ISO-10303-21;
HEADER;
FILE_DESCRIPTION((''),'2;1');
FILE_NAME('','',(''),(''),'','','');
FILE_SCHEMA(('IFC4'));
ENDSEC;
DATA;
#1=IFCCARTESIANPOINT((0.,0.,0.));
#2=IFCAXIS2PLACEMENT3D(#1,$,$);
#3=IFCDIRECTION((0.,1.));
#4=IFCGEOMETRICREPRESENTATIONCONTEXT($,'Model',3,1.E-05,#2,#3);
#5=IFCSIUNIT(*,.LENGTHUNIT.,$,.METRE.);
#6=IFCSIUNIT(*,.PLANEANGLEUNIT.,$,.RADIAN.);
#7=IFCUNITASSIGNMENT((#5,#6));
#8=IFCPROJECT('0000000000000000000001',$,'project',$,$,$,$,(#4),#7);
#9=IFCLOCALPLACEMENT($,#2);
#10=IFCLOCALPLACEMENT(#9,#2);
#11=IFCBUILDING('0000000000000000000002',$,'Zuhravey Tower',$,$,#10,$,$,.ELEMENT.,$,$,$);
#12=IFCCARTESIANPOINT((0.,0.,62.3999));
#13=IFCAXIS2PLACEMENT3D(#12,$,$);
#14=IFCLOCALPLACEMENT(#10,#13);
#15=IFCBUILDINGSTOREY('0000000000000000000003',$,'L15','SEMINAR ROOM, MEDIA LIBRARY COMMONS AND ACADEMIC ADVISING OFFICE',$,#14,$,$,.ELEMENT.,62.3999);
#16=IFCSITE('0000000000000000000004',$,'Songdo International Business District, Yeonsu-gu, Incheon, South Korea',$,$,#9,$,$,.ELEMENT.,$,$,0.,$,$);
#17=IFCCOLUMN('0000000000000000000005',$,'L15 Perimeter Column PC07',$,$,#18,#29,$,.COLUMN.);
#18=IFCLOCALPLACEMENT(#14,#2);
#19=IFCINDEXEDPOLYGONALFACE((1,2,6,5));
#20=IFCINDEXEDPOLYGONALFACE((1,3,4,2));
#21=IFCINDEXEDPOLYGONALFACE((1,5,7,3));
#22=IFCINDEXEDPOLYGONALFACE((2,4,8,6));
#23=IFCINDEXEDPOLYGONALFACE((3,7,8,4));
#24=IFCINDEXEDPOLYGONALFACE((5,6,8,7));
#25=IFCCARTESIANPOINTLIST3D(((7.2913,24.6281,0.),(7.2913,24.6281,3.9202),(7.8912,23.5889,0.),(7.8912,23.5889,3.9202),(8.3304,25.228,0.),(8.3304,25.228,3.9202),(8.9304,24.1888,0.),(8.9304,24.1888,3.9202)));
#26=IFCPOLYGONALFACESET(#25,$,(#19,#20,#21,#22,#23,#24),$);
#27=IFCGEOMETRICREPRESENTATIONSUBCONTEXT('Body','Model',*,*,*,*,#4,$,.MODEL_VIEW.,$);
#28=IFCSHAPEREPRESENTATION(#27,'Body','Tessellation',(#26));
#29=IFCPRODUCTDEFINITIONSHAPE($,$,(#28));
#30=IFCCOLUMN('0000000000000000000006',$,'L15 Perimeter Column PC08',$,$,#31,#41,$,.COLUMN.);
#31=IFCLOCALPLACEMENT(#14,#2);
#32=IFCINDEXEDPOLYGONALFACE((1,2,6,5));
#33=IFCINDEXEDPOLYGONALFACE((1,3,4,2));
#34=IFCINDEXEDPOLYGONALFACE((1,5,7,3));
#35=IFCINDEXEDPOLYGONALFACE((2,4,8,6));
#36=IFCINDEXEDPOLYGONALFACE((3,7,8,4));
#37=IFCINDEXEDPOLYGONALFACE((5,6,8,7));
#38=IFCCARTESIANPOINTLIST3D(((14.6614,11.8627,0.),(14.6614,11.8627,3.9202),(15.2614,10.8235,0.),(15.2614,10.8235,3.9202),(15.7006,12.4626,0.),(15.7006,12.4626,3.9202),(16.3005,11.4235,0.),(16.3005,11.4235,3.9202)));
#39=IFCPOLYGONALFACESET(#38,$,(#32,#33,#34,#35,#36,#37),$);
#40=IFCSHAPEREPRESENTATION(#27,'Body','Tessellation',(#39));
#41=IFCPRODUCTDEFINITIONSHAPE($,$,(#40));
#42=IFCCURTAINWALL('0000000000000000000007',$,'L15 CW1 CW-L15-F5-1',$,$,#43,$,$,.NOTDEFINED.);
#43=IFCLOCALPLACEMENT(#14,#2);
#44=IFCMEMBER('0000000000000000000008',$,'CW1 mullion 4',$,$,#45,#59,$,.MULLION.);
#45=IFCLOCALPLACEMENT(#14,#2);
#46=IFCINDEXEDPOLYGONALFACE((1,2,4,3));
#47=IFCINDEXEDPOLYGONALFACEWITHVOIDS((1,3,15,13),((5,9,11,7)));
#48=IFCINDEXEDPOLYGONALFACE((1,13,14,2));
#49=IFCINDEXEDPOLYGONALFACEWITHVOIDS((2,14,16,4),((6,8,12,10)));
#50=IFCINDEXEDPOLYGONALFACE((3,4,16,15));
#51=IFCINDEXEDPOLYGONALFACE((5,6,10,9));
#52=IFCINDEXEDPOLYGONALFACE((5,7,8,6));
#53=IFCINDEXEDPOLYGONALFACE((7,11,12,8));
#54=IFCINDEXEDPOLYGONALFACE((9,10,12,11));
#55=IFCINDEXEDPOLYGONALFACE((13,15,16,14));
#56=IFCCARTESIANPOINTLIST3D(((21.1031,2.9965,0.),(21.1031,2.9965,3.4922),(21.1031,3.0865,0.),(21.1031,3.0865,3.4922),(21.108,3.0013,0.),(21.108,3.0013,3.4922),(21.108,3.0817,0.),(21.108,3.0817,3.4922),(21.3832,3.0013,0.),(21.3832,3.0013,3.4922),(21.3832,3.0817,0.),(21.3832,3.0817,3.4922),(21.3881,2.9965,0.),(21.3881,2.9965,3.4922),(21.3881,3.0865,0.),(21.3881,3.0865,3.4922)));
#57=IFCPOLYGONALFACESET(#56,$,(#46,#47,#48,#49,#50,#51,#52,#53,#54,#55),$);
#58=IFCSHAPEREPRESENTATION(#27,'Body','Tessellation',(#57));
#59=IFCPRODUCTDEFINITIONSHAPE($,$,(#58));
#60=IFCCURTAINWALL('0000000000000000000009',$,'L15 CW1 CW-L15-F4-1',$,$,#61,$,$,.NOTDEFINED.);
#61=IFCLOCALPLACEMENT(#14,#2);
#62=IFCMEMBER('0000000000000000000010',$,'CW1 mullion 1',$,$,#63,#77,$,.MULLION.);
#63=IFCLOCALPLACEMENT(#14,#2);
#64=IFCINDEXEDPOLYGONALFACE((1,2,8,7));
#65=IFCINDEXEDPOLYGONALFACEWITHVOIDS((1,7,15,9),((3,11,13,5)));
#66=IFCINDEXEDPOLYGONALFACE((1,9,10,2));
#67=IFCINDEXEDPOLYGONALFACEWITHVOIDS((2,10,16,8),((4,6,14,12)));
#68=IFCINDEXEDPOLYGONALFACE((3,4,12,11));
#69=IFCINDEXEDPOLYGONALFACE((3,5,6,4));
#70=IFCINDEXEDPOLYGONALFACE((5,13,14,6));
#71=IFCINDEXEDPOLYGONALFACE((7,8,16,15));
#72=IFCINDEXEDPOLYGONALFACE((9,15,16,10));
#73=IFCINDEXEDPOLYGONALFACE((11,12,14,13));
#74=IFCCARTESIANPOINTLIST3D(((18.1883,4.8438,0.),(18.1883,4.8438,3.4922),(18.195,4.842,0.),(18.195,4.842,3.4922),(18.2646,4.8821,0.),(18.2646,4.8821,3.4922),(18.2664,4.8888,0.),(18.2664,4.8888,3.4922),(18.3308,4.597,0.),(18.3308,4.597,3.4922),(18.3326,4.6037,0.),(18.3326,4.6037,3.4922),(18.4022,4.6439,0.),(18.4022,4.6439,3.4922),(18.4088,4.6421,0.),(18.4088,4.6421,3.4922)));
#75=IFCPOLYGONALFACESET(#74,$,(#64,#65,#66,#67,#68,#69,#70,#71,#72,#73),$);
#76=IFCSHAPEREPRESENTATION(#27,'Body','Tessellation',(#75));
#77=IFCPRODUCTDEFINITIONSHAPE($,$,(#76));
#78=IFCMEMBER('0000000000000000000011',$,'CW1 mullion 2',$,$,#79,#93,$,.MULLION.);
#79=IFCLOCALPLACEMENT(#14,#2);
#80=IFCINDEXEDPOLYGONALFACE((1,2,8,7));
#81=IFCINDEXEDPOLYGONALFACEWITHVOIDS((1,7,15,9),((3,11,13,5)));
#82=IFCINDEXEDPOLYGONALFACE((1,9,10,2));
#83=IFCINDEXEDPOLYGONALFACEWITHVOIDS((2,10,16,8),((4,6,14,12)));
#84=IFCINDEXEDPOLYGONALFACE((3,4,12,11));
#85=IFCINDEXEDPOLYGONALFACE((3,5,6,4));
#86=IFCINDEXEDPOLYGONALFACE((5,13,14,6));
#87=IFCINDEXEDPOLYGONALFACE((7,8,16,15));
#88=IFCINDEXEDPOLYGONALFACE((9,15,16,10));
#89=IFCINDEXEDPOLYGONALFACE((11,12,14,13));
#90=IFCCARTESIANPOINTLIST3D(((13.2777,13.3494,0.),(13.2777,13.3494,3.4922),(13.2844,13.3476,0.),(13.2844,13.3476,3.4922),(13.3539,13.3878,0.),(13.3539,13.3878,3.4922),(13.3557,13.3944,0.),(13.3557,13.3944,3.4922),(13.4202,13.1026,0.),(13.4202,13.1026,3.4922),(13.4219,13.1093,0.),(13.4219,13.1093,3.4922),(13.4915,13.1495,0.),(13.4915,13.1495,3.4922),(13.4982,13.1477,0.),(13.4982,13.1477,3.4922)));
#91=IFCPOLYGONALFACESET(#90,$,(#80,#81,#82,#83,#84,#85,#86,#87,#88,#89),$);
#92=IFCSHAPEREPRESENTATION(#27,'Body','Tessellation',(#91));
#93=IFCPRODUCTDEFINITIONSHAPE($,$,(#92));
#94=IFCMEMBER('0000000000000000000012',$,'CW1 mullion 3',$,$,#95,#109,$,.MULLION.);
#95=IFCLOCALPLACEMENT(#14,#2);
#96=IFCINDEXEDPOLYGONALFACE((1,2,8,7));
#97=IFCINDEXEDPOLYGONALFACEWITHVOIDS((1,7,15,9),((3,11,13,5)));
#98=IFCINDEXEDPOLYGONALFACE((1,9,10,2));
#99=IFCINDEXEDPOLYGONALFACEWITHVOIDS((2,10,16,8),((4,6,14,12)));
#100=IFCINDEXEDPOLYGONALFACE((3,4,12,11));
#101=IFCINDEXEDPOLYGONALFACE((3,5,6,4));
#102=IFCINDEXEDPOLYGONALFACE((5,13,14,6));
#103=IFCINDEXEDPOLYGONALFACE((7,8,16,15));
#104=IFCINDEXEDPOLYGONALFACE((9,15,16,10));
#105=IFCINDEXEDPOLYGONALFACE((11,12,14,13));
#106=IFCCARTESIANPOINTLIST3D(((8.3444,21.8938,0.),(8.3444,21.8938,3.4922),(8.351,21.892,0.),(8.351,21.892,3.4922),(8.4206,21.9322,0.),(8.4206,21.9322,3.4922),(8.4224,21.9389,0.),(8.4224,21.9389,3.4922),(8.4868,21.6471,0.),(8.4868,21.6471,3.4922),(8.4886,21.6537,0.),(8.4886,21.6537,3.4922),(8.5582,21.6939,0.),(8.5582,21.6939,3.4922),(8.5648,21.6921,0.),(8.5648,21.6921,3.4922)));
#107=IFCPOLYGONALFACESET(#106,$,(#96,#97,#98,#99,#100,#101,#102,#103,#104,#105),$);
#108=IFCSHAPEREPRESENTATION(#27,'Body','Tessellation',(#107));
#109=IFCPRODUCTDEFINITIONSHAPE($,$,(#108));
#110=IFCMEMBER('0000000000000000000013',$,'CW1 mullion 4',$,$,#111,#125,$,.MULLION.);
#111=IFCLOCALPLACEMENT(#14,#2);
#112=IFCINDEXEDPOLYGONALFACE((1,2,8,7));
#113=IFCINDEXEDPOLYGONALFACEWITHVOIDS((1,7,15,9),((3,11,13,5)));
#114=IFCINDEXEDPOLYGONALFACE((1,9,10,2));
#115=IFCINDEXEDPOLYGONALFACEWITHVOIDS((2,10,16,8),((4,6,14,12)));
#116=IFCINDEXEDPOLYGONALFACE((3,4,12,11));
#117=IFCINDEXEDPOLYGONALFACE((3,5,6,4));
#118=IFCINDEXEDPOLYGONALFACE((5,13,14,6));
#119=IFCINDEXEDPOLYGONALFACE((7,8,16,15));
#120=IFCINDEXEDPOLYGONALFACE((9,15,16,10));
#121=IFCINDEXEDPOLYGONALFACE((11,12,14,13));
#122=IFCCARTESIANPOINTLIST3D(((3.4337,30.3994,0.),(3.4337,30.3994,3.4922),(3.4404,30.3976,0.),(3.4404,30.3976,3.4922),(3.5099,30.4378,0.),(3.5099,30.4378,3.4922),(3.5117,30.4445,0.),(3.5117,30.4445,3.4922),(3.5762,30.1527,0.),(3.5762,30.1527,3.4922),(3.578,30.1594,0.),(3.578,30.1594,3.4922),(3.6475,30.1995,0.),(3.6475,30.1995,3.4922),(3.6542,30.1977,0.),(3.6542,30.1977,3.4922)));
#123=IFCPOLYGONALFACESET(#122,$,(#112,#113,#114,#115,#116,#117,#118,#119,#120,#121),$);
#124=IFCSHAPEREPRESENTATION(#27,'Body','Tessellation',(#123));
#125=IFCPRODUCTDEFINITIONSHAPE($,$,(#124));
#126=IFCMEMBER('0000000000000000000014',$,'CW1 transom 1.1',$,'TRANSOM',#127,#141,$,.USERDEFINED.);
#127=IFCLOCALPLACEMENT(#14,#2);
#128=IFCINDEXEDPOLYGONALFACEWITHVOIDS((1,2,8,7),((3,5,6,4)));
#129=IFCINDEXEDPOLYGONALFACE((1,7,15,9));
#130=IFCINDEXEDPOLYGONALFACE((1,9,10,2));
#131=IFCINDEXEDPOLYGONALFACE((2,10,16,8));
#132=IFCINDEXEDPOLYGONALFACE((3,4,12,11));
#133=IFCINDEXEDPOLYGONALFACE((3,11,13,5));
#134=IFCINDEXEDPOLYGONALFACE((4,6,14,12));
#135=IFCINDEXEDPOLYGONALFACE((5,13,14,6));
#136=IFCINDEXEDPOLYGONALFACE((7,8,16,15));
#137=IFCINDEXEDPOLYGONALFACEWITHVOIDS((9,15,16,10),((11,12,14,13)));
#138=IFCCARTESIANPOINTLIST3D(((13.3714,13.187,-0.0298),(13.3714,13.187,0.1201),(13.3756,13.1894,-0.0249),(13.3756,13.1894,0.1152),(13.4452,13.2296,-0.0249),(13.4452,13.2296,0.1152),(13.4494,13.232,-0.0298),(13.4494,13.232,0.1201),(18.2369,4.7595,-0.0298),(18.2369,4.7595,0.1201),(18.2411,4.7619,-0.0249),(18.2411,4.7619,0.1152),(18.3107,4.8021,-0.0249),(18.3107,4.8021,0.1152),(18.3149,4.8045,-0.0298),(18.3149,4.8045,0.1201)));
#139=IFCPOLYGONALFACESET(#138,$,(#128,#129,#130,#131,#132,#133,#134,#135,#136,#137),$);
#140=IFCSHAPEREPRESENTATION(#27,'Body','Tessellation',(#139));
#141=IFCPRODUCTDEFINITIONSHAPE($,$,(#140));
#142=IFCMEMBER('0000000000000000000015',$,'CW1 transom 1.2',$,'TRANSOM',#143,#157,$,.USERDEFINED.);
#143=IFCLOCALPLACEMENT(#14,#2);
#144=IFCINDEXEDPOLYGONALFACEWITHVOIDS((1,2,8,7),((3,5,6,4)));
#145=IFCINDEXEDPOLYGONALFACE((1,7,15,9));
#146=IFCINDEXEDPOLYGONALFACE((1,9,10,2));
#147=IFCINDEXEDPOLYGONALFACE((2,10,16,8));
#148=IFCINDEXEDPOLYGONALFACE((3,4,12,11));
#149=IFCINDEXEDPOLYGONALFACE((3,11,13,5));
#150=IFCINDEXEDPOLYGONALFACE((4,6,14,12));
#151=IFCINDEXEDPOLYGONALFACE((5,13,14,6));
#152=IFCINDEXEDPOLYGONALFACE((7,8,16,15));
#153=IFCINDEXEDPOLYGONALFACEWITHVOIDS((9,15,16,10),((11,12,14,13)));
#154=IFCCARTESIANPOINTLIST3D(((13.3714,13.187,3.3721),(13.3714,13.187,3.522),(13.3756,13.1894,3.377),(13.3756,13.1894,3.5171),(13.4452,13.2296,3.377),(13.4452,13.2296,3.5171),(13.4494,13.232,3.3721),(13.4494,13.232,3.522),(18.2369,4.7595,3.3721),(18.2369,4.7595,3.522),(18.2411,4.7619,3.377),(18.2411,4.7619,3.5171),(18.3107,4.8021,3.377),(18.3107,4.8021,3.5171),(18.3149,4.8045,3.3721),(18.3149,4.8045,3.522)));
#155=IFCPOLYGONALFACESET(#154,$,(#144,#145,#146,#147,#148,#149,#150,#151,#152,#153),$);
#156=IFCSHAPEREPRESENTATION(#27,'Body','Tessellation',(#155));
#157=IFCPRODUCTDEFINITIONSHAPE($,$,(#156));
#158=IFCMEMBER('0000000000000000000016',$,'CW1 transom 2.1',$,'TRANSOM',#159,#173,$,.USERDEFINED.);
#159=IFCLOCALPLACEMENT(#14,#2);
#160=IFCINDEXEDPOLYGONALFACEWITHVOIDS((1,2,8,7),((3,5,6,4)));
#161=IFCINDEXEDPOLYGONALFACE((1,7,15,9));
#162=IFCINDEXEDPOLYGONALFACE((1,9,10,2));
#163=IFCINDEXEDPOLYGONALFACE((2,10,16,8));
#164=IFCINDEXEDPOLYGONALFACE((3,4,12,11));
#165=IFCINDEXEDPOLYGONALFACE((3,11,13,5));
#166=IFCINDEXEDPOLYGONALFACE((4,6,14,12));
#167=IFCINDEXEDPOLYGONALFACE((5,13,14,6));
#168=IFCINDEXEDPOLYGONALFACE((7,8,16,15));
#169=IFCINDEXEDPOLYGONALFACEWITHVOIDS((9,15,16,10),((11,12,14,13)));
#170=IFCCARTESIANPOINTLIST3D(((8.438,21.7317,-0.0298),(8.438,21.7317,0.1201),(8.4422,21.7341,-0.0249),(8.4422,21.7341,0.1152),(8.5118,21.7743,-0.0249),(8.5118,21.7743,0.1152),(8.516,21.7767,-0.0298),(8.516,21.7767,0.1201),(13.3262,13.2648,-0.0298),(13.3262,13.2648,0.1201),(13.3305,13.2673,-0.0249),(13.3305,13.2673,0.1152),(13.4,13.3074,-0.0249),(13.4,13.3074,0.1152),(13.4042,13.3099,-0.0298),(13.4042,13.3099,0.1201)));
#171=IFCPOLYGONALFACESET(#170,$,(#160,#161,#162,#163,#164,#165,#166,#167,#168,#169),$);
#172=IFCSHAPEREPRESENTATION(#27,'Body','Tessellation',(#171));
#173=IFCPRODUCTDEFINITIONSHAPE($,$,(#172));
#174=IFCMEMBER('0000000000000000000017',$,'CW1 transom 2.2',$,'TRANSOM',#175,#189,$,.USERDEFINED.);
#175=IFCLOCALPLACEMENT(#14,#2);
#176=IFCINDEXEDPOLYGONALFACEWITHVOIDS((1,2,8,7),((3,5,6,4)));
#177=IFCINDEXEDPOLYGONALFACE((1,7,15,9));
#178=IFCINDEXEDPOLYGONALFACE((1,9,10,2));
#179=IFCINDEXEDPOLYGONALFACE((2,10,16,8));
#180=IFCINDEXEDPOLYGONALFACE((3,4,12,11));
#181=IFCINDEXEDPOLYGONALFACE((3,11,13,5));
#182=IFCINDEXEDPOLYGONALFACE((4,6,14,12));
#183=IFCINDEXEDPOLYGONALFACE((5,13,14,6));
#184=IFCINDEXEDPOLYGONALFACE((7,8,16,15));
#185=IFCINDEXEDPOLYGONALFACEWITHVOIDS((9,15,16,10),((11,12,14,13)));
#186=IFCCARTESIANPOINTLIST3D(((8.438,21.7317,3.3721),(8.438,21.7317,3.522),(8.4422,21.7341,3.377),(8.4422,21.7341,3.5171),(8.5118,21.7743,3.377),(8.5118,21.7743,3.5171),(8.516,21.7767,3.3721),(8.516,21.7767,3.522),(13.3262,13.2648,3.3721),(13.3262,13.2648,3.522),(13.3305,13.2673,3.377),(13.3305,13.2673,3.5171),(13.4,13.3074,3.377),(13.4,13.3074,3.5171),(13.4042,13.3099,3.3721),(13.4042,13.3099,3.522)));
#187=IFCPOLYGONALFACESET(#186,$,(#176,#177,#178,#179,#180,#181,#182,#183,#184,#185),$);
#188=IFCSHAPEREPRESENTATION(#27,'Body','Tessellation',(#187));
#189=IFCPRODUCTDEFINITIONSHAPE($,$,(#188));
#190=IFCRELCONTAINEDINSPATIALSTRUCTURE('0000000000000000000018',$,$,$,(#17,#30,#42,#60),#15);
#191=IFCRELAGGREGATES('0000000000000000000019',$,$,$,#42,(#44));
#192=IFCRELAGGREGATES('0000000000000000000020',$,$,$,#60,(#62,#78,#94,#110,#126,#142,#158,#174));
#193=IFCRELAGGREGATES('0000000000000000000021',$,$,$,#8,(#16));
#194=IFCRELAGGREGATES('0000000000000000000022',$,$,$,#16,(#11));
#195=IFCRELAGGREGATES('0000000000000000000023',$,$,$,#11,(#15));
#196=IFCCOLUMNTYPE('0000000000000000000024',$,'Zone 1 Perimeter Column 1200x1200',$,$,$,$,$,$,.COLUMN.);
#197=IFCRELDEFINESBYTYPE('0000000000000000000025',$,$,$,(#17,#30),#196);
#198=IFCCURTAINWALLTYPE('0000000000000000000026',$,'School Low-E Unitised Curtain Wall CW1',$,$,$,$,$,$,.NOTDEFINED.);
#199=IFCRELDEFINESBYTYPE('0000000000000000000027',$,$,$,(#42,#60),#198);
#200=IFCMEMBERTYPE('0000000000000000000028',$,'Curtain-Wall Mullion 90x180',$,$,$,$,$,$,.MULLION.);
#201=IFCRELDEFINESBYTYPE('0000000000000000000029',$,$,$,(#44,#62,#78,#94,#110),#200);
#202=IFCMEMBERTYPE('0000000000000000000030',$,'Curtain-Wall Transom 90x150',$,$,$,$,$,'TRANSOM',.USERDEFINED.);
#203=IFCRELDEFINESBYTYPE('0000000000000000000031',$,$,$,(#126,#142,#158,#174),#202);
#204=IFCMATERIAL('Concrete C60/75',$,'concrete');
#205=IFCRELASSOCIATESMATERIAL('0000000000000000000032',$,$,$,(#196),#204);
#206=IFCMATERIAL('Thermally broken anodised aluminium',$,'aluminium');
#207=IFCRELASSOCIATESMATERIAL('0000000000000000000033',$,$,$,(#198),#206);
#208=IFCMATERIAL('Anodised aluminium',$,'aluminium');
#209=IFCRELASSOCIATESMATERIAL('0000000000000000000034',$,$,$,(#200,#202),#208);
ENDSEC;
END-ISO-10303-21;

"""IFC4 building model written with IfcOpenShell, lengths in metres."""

from ifc_helpers import new_model, si_unit, direction, frame, origin, origin_2d, place, context, subcontext, project, spatial, rectangle, hollow_rectangle, extrude, material, material_profile, profile_set, type_object, element, aggregate, save


model = new_model("IFC4")

# Units and contexts
model_context = context("Model", 3, precision=1e-05, world=origin(), true_north=direction((0.0, 1.0)))
body_context = subcontext(model_context, "Body", "Model", "MODEL_VIEW")
ifc_project = project(units=[si_unit("LENGTHUNIT", "METRE"), si_unit("PLANEANGLEUNIT", "RADIAN")], contexts=[model_context])

# Site, building, storey
site_placement = place(None, origin())
site = spatial("IfcSite", under=ifc_project, at=site_placement, Name="Songdo International Business District, Yeonsu-gu, Incheon, South Korea", CompositionType="ELEMENT", RefElevation=0.0)
building_placement = place(site_placement, origin())
building = spatial("IfcBuilding", under=site, at=building_placement, Name="Zuhravey Tower", CompositionType="ELEMENT")
storey_placement = place(building_placement, frame((0.0, 0.0, 62.3999)))
storey = spatial("IfcBuildingStorey", under=building, at=storey_placement, Name="L15", Description="SEMINAR ROOM, MEDIA LIBRARY COMMONS AND ACADEMIC ADVISING OFFICE", CompositionType="ELEMENT", Elevation=62.3999)

# Columns
ifc_material_1 = material(Name="Concrete C60/75", Category="concrete")
ifc_material_profile_1 = material_profile(ifc_material_1, rectangle(XDim=1.2, YDim=1.2, at=origin_2d()), Name="RC-1200x1200")
ifc_profile_set_1 = profile_set([ifc_material_profile_1], Name="Concrete C60/75")
column_type = type_object("IfcColumnType", Name="Zone 1 Perimeter Column 1200x1200", PredefinedType="COLUMN", material=ifc_profile_set_1)
for number, where, z_axis, x_axis, name in (
    (1, (8.1108, 24.4084, 0.0), (0.0, 0.0, 1.0), (0.5, -0.866025, 0.0), "L15 Perimeter Column PC07"),
    (2, (15.481, 11.6431, 0.0), (0.0, 0.0, 1.0), (0.5, -0.866025, 0.0), "L15 Perimeter Column PC08"),
):
    element("IfcColumn", number, at=place(storey_placement, frame(where, z_axis=z_axis, x_axis=x_axis)), inside=storey, type_object=column_type, Name=name, PredefinedType="COLUMN", context=body_context, shape_type="SweptSolid", body=[
        extrude(rectangle(XDim=1.2, YDim=1.2, at=origin_2d()), origin(), (0.0, 0.0, 1.0), 3.9202),
    ])

# Curtain wall, member
ifc_material_2 = material(Name="Thermally broken anodised aluminium", Category="aluminium")
curtain_wall_type = type_object("IfcCurtainWallType", Name="School Low-E Unitised Curtain Wall CW1", PredefinedType="NOTDEFINED", material=ifc_material_2)
curtain_wall_1_placement = place(storey_placement, origin())
curtain_wall_1 = element("IfcCurtainWall", 3, at=curtain_wall_1_placement, inside=storey, type_object=curtain_wall_type, Name="L15 CW1 CW-L15-F5-1", PredefinedType="NOTDEFINED")
ifc_material_3 = material(Name="Anodised aluminium", Category="aluminium")
ifc_material_profile_2 = material_profile(ifc_material_3, hollow_rectangle(XDim=0.0901, YDim=0.2849, WallThickness=0.0049, at=origin_2d()), Name="ALU-RHS-90x285x5")
ifc_profile_set_2 = profile_set([ifc_material_profile_2], Name="Anodised aluminium")
member_type_1 = type_object("IfcMemberType", Name="Curtain-Wall Mullion 90x180", PredefinedType="MULLION", material=ifc_profile_set_2)
member_1_placement = place(storey_placement, frame((21.2456, 3.0415, 0.0), z_axis=(0.0, 0.0, 1.0), x_axis=(0.0, -1.0, 0.0)))
member_1 = element("IfcMember", 4, at=member_1_placement, type_object=member_type_1, Name="CW1 mullion 4", PredefinedType="MULLION", context=body_context, shape_type="SweptSolid", body=[
    extrude(hollow_rectangle(XDim=0.0901, YDim=0.2849, WallThickness=0.0049, at=origin_2d()), origin(), (0.0, 0.0, 1.0), 3.4922),
])
aggregate(curtain_wall_1, [member_1])

# Curtain wall, members
curtain_wall_2_placement = place(storey_placement, origin())
curtain_wall_2 = element("IfcCurtainWall", 5, at=curtain_wall_2_placement, inside=storey, type_object=curtain_wall_type, Name="L15 CW1 CW-L15-F4-1", PredefinedType="NOTDEFINED")
member_2_placement = place(storey_placement, frame((18.2986, 4.7429, 0.0), z_axis=(0.0, 0.0, 1.0), x_axis=(-0.866026, -0.5, 0.0)))
member_2 = element("IfcMember", 6, at=member_2_placement, type_object=member_type_1, Name="CW1 mullion 1", PredefinedType="MULLION", context=body_context, shape_type="SweptSolid", body=[
    extrude(hollow_rectangle(XDim=0.0901, YDim=0.2849, WallThickness=0.0049, at=origin_2d()), origin(), (0.0, 0.0, 1.0), 3.4922),
])
member_3_placement = place(storey_placement, frame((13.3879, 13.2485, 0.0), z_axis=(0.0, 0.0, 1.0), x_axis=(-0.866026, -0.5, 0.0)))
member_3 = element("IfcMember", 7, at=member_3_placement, type_object=member_type_1, Name="CW1 mullion 2", PredefinedType="MULLION", context=body_context, shape_type="SweptSolid", body=[
    extrude(hollow_rectangle(XDim=0.0901, YDim=0.2849, WallThickness=0.0049, at=origin_2d()), origin(), (0.0, 0.0, 1.0), 3.4922),
])
member_4_placement = place(storey_placement, frame((8.4546, 21.793, 0.0), z_axis=(0.0, 0.0, 1.0), x_axis=(-0.866026, -0.5, 0.0)))
member_4 = element("IfcMember", 8, at=member_4_placement, type_object=member_type_1, Name="CW1 mullion 3", PredefinedType="MULLION", context=body_context, shape_type="SweptSolid", body=[
    extrude(hollow_rectangle(XDim=0.0901, YDim=0.2849, WallThickness=0.0049, at=origin_2d()), origin(), (0.0, 0.0, 1.0), 3.4922),
])
member_5_placement = place(storey_placement, frame((3.5439, 30.2986, 0.0), z_axis=(0.0, 0.0, 1.0), x_axis=(-0.866026, -0.5, 0.0)))
member_5 = element("IfcMember", 9, at=member_5_placement, type_object=member_type_1, Name="CW1 mullion 4", PredefinedType="MULLION", context=body_context, shape_type="SweptSolid", body=[
    extrude(hollow_rectangle(XDim=0.0901, YDim=0.2849, WallThickness=0.0049, at=origin_2d()), origin(), (0.0, 0.0, 1.0), 3.4922),
])
ifc_material_profile_3 = material_profile(ifc_material_3, hollow_rectangle(XDim=0.0901, YDim=0.1499, WallThickness=0.0049, at=origin_2d()), Name="ALU-RHS-90x150x5")
ifc_profile_set_3 = profile_set([ifc_material_profile_3], Name="Anodised aluminium")
member_type_2 = type_object("IfcMemberType", Name="Curtain-Wall Transom 90x150", ElementType="TRANSOM", PredefinedType="USERDEFINED", material=ifc_profile_set_3)
member_6_placement = place(storey_placement, frame((18.2759, 4.782, 0.0452), z_axis=(-0.49999, 0.866031, 0.0), x_axis=(-0.866031, -0.49999, 0.0)))
member_6 = element("IfcMember", 10, at=member_6_placement, type_object=member_type_2, Name="CW1 transom 1.1", ObjectType="TRANSOM", PredefinedType="USERDEFINED", context=body_context, shape_type="SweptSolid", body=[
    extrude(hollow_rectangle(XDim=0.0901, YDim=0.1499, WallThickness=0.0049, at=origin_2d()), origin(), (0.0, 0.0, 1.0), 9.7312),
])
member_7_placement = place(storey_placement, frame((18.2759, 4.782, 3.447), z_axis=(-0.49999, 0.866031, 0.0), x_axis=(-0.866031, -0.49999, 0.0)))
member_7 = element("IfcMember", 11, at=member_7_placement, type_object=member_type_2, Name="CW1 transom 1.2", ObjectType="TRANSOM", PredefinedType="USERDEFINED", context=body_context, shape_type="SweptSolid", body=[
    extrude(hollow_rectangle(XDim=0.0901, YDim=0.1499, WallThickness=0.0049, at=origin_2d()), origin(), (0.0, 0.0, 1.0), 9.7312),
])
member_8_placement = place(storey_placement, frame((13.3652, 13.2874, 0.0452), z_axis=(-0.49999, 0.866031, 0.0), x_axis=(-0.866031, -0.49999, 0.0)))
member_8 = element("IfcMember", 12, at=member_8_placement, type_object=member_type_2, Name="CW1 transom 2.1", ObjectType="TRANSOM", PredefinedType="USERDEFINED", context=body_context, shape_type="SweptSolid", body=[
    extrude(hollow_rectangle(XDim=0.0901, YDim=0.1499, WallThickness=0.0049, at=origin_2d()), origin(), (0.0, 0.0, 1.0), 9.7766),
])
member_9_placement = place(storey_placement, frame((13.3652, 13.2874, 3.447), z_axis=(-0.49999, 0.866031, 0.0), x_axis=(-0.866031, -0.49999, 0.0)))
member_9 = element("IfcMember", 13, at=member_9_placement, type_object=member_type_2, Name="CW1 transom 2.2", ObjectType="TRANSOM", PredefinedType="USERDEFINED", context=body_context, shape_type="SweptSolid", body=[
    extrude(hollow_rectangle(XDim=0.0901, YDim=0.1499, WallThickness=0.0049, at=origin_2d()), origin(), (0.0, 0.0, 1.0), 9.7766),
])

aggregate(curtain_wall_2, [member_2, member_3, member_4, member_5, member_6, member_7, member_8, member_9])

save(model, "model.ifc")
